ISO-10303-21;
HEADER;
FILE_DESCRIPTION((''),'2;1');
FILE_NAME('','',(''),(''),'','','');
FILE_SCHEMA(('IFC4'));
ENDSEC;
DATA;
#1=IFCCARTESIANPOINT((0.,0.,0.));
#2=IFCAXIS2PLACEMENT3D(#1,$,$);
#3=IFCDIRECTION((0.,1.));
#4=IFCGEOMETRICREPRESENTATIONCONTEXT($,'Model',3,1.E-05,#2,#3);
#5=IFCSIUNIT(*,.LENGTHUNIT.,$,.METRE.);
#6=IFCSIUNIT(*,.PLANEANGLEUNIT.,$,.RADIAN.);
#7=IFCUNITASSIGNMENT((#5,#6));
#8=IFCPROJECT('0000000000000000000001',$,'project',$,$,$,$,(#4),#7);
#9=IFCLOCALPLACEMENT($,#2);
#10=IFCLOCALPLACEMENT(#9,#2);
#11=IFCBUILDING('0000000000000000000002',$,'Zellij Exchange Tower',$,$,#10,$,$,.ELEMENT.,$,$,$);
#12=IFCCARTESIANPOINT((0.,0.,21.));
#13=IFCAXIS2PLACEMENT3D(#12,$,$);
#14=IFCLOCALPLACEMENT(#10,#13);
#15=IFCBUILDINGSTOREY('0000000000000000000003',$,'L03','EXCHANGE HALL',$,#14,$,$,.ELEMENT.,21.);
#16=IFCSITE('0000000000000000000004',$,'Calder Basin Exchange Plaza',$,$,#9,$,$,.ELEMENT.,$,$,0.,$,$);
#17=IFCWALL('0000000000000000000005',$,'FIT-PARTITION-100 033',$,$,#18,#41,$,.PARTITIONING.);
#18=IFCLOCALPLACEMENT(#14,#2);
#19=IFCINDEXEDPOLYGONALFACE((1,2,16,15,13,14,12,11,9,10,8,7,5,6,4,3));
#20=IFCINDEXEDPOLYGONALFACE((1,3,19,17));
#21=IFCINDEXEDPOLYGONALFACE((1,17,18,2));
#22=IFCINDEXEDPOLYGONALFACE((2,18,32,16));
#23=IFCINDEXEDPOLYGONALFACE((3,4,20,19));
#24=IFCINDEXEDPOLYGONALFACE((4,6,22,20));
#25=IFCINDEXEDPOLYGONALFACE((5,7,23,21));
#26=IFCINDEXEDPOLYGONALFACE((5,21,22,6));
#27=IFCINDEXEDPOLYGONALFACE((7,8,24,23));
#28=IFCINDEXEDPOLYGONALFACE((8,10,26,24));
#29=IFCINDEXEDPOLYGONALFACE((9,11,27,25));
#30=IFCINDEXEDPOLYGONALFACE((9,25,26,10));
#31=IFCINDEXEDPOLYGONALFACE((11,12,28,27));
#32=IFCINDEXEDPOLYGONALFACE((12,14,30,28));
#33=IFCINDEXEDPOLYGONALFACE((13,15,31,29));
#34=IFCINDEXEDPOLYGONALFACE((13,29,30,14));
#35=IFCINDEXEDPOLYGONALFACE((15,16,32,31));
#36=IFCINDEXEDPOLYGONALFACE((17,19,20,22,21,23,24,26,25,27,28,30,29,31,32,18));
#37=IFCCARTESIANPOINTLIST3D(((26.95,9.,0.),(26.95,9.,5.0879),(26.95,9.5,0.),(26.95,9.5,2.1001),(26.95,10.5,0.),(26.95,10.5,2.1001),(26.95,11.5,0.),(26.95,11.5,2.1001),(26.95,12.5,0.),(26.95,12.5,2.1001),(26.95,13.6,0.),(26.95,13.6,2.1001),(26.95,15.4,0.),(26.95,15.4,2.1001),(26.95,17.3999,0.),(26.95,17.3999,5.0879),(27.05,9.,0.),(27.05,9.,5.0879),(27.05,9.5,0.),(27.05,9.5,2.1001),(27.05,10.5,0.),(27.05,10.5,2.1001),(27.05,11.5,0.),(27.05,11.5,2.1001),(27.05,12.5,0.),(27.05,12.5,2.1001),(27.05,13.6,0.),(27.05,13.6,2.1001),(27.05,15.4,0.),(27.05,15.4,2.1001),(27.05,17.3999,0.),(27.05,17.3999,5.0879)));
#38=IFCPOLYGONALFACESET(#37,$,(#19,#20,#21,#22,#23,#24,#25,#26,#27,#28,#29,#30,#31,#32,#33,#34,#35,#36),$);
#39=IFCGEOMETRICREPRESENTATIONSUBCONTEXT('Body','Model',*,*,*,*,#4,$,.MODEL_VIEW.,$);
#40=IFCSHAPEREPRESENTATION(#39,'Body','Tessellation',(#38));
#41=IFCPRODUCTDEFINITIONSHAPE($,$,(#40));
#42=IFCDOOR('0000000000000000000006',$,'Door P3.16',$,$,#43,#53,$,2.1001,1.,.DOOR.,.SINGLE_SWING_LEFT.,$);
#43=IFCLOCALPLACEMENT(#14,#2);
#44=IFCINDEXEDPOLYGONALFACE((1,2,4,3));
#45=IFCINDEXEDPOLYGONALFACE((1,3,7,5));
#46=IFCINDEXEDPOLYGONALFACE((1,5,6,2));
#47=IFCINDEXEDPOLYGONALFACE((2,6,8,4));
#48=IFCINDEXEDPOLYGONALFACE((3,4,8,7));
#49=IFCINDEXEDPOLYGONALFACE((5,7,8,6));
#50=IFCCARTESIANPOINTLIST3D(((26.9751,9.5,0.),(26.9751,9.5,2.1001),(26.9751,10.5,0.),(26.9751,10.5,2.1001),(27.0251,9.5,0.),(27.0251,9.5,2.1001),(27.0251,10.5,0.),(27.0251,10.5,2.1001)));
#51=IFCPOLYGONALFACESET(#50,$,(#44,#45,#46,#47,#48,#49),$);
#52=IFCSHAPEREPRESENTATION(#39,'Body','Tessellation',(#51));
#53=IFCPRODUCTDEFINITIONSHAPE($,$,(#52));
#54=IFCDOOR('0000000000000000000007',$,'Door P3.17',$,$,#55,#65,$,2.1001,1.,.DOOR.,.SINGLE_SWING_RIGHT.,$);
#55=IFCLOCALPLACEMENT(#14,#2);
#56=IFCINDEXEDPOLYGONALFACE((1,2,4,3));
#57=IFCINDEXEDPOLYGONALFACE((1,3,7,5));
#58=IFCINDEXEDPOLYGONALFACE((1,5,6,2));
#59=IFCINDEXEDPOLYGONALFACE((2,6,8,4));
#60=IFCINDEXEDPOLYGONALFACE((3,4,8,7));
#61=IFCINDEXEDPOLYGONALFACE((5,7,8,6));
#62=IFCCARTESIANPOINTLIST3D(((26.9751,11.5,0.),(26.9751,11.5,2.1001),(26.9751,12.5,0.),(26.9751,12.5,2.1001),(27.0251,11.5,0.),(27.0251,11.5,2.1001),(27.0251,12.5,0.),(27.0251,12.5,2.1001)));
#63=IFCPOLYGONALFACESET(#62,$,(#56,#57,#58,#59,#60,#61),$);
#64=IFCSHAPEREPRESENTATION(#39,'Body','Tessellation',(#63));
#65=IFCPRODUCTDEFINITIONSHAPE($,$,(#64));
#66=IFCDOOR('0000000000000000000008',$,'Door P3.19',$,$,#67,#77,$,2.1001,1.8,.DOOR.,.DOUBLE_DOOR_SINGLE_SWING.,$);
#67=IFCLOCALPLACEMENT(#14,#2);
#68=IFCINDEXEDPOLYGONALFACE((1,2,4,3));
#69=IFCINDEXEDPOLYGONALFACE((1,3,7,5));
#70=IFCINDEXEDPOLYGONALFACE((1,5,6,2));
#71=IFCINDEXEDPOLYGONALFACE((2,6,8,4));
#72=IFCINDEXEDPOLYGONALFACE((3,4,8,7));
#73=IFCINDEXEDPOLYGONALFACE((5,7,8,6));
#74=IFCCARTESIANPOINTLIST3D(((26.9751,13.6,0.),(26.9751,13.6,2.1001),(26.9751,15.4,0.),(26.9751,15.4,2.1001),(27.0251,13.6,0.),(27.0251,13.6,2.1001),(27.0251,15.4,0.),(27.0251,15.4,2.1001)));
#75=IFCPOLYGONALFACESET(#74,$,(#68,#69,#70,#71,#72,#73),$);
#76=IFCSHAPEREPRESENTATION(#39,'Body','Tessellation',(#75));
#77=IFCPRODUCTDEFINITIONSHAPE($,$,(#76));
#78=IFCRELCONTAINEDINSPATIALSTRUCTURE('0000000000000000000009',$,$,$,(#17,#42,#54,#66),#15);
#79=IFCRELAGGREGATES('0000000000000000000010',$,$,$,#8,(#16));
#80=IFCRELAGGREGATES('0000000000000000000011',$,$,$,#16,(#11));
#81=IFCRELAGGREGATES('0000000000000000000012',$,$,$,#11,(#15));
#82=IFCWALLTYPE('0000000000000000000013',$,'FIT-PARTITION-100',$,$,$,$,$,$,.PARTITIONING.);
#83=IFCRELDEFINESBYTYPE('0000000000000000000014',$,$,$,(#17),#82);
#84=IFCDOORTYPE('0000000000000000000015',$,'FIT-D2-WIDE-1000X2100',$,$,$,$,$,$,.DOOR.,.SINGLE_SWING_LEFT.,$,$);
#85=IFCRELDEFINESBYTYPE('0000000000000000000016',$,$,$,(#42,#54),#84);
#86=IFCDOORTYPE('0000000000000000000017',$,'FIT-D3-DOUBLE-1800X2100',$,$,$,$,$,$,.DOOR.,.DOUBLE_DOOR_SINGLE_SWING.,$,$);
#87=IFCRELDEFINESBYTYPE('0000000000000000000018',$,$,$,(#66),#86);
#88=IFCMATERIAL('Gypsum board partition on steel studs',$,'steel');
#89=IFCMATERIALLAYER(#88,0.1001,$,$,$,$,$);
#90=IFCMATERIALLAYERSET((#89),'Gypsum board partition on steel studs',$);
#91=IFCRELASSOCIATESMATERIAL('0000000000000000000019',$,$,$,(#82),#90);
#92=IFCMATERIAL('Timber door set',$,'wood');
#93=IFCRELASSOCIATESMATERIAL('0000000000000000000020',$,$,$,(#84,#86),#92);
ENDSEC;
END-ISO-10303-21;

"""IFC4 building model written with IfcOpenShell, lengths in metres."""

from ifc_helpers import new_model, si_unit, direction, frame, frame_2d, origin, place, context, subcontext, project, spatial, rectangle, extrude, material, layer, layer_set, type_object, element, fill, save


model = new_model("IFC4")

# Units and contexts
model_context = context("Model", 3, precision=1e-05, world=origin(), true_north=direction((0.0, 1.0)))
body_context = subcontext(model_context, "Body", "Model", "MODEL_VIEW")
ifc_project = project(units=[si_unit("LENGTHUNIT", "METRE"), si_unit("PLANEANGLEUNIT", "RADIAN")], contexts=[model_context])

# Site, building, storey
site_placement = place(None, origin())
site = spatial("IfcSite", under=ifc_project, at=site_placement, Name="Calder Basin Exchange Plaza", CompositionType="ELEMENT", RefElevation=0.0)
building_placement = place(site_placement, origin())
building = spatial("IfcBuilding", under=site, at=building_placement, Name="Zellij Exchange Tower", CompositionType="ELEMENT")
storey_placement = place(building_placement, frame((0.0, 0.0, 21.0)))
storey = spatial("IfcBuildingStorey", under=building, at=storey_placement, Name="L03", Description="EXCHANGE HALL", CompositionType="ELEMENT", Elevation=21.0)

# Shared definitions
ifc_material_1 = material(Name="Gypsum board partition on steel studs", Category="steel")
ifc_layer_1 = layer(ifc_material_1, 0.1001)
ifc_layer_set_1 = layer_set([ifc_layer_1], Name="Gypsum board partition on steel studs")
wall_type = type_object("IfcWallType", Name="FIT-PARTITION-100", PredefinedType="PARTITIONING", material=ifc_layer_set_1)

# Wall, openings, doors
wall_1_placement = place(storey_placement, frame((27.0, 9.0, 0.0), z_axis=(0.0, 0.0, 1.0), x_axis=(0.0, 1.0, 0.0)))
wall_1 = element("IfcWall", 1, at=wall_1_placement, inside=storey, type_object=wall_type, Name="FIT-PARTITION-100 033", PredefinedType="PARTITIONING", context=body_context, shape_type="SweptSolid", body=[
    extrude(rectangle(XDim=8.3999, YDim=0.1001, at=frame_2d((4.2, 0.0))), origin(), (0.0, 0.0, 1.0), 5.0879),
])
opening_1_placement = place(wall_1_placement, frame((0.5, 0.0, 0.0)))
opening_1 = element("IfcOpeningElement", 2, at=opening_1_placement, cuts=wall_1, PredefinedType="OPENING", context=body_context, shape_type="SweptSolid", body=[
    extrude(rectangle(XDim=1.0, YDim=2.1001, at=frame_2d((0.5, 1.05))), frame((0.0, 0.062, 0.0), z_axis=(0.0, -1.0, 0.0), x_axis=(1.0, 0.0, 0.0)), (0.0, 0.0, 1.0), 0.124),
])
opening_2_placement = place(wall_1_placement, frame((2.5, 0.0, 0.0)))
opening_2 = element("IfcOpeningElement", 3, at=opening_2_placement, cuts=wall_1, PredefinedType="OPENING", context=body_context, shape_type="SweptSolid", body=[
    extrude(rectangle(XDim=1.0, YDim=2.1001, at=frame_2d((0.5, 1.05))), frame((0.0, 0.062, 0.0), z_axis=(0.0, -1.0, 0.0), x_axis=(1.0, 0.0, 0.0)), (0.0, 0.0, 1.0), 0.124),
])
opening_3_placement = place(wall_1_placement, frame((4.6001, 0.0, 0.0)))
opening_3 = element("IfcOpeningElement", 4, at=opening_3_placement, cuts=wall_1, PredefinedType="OPENING", context=body_context, shape_type="SweptSolid", body=[
    extrude(rectangle(XDim=1.8, YDim=2.1001, at=frame_2d((0.8999, 1.05))), frame((0.0, 0.062, 0.0), z_axis=(0.0, -1.0, 0.0), x_axis=(1.0, 0.0, 0.0)), (0.0, 0.0, 1.0), 0.124),
])
ifc_material_2 = material(Name="Timber door set", Category="wood")
door_type_1 = type_object("IfcDoorType", Name="FIT-D2-WIDE-1000X2100", OperationType="SINGLE_SWING_LEFT", PredefinedType="DOOR", material=ifc_material_2)
door_1_placement = place(opening_1_placement, origin())
door_1 = element("IfcDoor", 5, at=door_1_placement, inside=storey, type_object=door_type_1, Name="Door P3.16", OperationType="SINGLE_SWING_LEFT", OverallHeight=2.1001, OverallWidth=1.0, PredefinedType="DOOR", context=body_context, shape_type="SweptSolid", body=[
    extrude(rectangle(XDim=1.0, YDim=2.1001, at=frame_2d((0.5, 1.05))), frame((0.0, 0.0249, 0.0), z_axis=(0.0, -1.0, 0.0), x_axis=(1.0, 0.0, 0.0)), (0.0, 0.0, 1.0), 0.05),
])
fill(opening_1, door_1)
door_2_placement = place(opening_2_placement, origin())
door_2 = element("IfcDoor", 6, at=door_2_placement, inside=storey, type_object=door_type_1, Name="Door P3.17", OperationType="SINGLE_SWING_RIGHT", OverallHeight=2.1001, OverallWidth=1.0, PredefinedType="DOOR", context=body_context, shape_type="SweptSolid", body=[
    extrude(rectangle(XDim=1.0, YDim=2.1001, at=frame_2d((0.5, 1.05))), frame((0.0, 0.0249, 0.0), z_axis=(0.0, -1.0, 0.0), x_axis=(1.0, 0.0, 0.0)), (0.0, 0.0, 1.0), 0.05),
])
fill(opening_2, door_2)
door_type_2 = type_object("IfcDoorType", Name="FIT-D3-DOUBLE-1800X2100", OperationType="DOUBLE_DOOR_SINGLE_SWING", PredefinedType="DOOR", material=ifc_material_2)
door_3_placement = place(opening_3_placement, origin())
door_3 = element("IfcDoor", 7, at=door_3_placement, inside=storey, type_object=door_type_2, Name="Door P3.19", OperationType="DOUBLE_DOOR_SINGLE_SWING", OverallHeight=2.1001, OverallWidth=1.8, PredefinedType="DOOR", context=body_context, shape_type="SweptSolid", body=[
    extrude(rectangle(XDim=1.8, YDim=2.1001, at=frame_2d((0.8999, 1.05))), frame((0.0, 0.0249, 0.0), z_axis=(0.0, -1.0, 0.0), x_axis=(1.0, 0.0, 0.0)), (0.0, 0.0, 1.0), 0.05),
])
fill(opening_3, door_3)

save(model, "model.ifc")
